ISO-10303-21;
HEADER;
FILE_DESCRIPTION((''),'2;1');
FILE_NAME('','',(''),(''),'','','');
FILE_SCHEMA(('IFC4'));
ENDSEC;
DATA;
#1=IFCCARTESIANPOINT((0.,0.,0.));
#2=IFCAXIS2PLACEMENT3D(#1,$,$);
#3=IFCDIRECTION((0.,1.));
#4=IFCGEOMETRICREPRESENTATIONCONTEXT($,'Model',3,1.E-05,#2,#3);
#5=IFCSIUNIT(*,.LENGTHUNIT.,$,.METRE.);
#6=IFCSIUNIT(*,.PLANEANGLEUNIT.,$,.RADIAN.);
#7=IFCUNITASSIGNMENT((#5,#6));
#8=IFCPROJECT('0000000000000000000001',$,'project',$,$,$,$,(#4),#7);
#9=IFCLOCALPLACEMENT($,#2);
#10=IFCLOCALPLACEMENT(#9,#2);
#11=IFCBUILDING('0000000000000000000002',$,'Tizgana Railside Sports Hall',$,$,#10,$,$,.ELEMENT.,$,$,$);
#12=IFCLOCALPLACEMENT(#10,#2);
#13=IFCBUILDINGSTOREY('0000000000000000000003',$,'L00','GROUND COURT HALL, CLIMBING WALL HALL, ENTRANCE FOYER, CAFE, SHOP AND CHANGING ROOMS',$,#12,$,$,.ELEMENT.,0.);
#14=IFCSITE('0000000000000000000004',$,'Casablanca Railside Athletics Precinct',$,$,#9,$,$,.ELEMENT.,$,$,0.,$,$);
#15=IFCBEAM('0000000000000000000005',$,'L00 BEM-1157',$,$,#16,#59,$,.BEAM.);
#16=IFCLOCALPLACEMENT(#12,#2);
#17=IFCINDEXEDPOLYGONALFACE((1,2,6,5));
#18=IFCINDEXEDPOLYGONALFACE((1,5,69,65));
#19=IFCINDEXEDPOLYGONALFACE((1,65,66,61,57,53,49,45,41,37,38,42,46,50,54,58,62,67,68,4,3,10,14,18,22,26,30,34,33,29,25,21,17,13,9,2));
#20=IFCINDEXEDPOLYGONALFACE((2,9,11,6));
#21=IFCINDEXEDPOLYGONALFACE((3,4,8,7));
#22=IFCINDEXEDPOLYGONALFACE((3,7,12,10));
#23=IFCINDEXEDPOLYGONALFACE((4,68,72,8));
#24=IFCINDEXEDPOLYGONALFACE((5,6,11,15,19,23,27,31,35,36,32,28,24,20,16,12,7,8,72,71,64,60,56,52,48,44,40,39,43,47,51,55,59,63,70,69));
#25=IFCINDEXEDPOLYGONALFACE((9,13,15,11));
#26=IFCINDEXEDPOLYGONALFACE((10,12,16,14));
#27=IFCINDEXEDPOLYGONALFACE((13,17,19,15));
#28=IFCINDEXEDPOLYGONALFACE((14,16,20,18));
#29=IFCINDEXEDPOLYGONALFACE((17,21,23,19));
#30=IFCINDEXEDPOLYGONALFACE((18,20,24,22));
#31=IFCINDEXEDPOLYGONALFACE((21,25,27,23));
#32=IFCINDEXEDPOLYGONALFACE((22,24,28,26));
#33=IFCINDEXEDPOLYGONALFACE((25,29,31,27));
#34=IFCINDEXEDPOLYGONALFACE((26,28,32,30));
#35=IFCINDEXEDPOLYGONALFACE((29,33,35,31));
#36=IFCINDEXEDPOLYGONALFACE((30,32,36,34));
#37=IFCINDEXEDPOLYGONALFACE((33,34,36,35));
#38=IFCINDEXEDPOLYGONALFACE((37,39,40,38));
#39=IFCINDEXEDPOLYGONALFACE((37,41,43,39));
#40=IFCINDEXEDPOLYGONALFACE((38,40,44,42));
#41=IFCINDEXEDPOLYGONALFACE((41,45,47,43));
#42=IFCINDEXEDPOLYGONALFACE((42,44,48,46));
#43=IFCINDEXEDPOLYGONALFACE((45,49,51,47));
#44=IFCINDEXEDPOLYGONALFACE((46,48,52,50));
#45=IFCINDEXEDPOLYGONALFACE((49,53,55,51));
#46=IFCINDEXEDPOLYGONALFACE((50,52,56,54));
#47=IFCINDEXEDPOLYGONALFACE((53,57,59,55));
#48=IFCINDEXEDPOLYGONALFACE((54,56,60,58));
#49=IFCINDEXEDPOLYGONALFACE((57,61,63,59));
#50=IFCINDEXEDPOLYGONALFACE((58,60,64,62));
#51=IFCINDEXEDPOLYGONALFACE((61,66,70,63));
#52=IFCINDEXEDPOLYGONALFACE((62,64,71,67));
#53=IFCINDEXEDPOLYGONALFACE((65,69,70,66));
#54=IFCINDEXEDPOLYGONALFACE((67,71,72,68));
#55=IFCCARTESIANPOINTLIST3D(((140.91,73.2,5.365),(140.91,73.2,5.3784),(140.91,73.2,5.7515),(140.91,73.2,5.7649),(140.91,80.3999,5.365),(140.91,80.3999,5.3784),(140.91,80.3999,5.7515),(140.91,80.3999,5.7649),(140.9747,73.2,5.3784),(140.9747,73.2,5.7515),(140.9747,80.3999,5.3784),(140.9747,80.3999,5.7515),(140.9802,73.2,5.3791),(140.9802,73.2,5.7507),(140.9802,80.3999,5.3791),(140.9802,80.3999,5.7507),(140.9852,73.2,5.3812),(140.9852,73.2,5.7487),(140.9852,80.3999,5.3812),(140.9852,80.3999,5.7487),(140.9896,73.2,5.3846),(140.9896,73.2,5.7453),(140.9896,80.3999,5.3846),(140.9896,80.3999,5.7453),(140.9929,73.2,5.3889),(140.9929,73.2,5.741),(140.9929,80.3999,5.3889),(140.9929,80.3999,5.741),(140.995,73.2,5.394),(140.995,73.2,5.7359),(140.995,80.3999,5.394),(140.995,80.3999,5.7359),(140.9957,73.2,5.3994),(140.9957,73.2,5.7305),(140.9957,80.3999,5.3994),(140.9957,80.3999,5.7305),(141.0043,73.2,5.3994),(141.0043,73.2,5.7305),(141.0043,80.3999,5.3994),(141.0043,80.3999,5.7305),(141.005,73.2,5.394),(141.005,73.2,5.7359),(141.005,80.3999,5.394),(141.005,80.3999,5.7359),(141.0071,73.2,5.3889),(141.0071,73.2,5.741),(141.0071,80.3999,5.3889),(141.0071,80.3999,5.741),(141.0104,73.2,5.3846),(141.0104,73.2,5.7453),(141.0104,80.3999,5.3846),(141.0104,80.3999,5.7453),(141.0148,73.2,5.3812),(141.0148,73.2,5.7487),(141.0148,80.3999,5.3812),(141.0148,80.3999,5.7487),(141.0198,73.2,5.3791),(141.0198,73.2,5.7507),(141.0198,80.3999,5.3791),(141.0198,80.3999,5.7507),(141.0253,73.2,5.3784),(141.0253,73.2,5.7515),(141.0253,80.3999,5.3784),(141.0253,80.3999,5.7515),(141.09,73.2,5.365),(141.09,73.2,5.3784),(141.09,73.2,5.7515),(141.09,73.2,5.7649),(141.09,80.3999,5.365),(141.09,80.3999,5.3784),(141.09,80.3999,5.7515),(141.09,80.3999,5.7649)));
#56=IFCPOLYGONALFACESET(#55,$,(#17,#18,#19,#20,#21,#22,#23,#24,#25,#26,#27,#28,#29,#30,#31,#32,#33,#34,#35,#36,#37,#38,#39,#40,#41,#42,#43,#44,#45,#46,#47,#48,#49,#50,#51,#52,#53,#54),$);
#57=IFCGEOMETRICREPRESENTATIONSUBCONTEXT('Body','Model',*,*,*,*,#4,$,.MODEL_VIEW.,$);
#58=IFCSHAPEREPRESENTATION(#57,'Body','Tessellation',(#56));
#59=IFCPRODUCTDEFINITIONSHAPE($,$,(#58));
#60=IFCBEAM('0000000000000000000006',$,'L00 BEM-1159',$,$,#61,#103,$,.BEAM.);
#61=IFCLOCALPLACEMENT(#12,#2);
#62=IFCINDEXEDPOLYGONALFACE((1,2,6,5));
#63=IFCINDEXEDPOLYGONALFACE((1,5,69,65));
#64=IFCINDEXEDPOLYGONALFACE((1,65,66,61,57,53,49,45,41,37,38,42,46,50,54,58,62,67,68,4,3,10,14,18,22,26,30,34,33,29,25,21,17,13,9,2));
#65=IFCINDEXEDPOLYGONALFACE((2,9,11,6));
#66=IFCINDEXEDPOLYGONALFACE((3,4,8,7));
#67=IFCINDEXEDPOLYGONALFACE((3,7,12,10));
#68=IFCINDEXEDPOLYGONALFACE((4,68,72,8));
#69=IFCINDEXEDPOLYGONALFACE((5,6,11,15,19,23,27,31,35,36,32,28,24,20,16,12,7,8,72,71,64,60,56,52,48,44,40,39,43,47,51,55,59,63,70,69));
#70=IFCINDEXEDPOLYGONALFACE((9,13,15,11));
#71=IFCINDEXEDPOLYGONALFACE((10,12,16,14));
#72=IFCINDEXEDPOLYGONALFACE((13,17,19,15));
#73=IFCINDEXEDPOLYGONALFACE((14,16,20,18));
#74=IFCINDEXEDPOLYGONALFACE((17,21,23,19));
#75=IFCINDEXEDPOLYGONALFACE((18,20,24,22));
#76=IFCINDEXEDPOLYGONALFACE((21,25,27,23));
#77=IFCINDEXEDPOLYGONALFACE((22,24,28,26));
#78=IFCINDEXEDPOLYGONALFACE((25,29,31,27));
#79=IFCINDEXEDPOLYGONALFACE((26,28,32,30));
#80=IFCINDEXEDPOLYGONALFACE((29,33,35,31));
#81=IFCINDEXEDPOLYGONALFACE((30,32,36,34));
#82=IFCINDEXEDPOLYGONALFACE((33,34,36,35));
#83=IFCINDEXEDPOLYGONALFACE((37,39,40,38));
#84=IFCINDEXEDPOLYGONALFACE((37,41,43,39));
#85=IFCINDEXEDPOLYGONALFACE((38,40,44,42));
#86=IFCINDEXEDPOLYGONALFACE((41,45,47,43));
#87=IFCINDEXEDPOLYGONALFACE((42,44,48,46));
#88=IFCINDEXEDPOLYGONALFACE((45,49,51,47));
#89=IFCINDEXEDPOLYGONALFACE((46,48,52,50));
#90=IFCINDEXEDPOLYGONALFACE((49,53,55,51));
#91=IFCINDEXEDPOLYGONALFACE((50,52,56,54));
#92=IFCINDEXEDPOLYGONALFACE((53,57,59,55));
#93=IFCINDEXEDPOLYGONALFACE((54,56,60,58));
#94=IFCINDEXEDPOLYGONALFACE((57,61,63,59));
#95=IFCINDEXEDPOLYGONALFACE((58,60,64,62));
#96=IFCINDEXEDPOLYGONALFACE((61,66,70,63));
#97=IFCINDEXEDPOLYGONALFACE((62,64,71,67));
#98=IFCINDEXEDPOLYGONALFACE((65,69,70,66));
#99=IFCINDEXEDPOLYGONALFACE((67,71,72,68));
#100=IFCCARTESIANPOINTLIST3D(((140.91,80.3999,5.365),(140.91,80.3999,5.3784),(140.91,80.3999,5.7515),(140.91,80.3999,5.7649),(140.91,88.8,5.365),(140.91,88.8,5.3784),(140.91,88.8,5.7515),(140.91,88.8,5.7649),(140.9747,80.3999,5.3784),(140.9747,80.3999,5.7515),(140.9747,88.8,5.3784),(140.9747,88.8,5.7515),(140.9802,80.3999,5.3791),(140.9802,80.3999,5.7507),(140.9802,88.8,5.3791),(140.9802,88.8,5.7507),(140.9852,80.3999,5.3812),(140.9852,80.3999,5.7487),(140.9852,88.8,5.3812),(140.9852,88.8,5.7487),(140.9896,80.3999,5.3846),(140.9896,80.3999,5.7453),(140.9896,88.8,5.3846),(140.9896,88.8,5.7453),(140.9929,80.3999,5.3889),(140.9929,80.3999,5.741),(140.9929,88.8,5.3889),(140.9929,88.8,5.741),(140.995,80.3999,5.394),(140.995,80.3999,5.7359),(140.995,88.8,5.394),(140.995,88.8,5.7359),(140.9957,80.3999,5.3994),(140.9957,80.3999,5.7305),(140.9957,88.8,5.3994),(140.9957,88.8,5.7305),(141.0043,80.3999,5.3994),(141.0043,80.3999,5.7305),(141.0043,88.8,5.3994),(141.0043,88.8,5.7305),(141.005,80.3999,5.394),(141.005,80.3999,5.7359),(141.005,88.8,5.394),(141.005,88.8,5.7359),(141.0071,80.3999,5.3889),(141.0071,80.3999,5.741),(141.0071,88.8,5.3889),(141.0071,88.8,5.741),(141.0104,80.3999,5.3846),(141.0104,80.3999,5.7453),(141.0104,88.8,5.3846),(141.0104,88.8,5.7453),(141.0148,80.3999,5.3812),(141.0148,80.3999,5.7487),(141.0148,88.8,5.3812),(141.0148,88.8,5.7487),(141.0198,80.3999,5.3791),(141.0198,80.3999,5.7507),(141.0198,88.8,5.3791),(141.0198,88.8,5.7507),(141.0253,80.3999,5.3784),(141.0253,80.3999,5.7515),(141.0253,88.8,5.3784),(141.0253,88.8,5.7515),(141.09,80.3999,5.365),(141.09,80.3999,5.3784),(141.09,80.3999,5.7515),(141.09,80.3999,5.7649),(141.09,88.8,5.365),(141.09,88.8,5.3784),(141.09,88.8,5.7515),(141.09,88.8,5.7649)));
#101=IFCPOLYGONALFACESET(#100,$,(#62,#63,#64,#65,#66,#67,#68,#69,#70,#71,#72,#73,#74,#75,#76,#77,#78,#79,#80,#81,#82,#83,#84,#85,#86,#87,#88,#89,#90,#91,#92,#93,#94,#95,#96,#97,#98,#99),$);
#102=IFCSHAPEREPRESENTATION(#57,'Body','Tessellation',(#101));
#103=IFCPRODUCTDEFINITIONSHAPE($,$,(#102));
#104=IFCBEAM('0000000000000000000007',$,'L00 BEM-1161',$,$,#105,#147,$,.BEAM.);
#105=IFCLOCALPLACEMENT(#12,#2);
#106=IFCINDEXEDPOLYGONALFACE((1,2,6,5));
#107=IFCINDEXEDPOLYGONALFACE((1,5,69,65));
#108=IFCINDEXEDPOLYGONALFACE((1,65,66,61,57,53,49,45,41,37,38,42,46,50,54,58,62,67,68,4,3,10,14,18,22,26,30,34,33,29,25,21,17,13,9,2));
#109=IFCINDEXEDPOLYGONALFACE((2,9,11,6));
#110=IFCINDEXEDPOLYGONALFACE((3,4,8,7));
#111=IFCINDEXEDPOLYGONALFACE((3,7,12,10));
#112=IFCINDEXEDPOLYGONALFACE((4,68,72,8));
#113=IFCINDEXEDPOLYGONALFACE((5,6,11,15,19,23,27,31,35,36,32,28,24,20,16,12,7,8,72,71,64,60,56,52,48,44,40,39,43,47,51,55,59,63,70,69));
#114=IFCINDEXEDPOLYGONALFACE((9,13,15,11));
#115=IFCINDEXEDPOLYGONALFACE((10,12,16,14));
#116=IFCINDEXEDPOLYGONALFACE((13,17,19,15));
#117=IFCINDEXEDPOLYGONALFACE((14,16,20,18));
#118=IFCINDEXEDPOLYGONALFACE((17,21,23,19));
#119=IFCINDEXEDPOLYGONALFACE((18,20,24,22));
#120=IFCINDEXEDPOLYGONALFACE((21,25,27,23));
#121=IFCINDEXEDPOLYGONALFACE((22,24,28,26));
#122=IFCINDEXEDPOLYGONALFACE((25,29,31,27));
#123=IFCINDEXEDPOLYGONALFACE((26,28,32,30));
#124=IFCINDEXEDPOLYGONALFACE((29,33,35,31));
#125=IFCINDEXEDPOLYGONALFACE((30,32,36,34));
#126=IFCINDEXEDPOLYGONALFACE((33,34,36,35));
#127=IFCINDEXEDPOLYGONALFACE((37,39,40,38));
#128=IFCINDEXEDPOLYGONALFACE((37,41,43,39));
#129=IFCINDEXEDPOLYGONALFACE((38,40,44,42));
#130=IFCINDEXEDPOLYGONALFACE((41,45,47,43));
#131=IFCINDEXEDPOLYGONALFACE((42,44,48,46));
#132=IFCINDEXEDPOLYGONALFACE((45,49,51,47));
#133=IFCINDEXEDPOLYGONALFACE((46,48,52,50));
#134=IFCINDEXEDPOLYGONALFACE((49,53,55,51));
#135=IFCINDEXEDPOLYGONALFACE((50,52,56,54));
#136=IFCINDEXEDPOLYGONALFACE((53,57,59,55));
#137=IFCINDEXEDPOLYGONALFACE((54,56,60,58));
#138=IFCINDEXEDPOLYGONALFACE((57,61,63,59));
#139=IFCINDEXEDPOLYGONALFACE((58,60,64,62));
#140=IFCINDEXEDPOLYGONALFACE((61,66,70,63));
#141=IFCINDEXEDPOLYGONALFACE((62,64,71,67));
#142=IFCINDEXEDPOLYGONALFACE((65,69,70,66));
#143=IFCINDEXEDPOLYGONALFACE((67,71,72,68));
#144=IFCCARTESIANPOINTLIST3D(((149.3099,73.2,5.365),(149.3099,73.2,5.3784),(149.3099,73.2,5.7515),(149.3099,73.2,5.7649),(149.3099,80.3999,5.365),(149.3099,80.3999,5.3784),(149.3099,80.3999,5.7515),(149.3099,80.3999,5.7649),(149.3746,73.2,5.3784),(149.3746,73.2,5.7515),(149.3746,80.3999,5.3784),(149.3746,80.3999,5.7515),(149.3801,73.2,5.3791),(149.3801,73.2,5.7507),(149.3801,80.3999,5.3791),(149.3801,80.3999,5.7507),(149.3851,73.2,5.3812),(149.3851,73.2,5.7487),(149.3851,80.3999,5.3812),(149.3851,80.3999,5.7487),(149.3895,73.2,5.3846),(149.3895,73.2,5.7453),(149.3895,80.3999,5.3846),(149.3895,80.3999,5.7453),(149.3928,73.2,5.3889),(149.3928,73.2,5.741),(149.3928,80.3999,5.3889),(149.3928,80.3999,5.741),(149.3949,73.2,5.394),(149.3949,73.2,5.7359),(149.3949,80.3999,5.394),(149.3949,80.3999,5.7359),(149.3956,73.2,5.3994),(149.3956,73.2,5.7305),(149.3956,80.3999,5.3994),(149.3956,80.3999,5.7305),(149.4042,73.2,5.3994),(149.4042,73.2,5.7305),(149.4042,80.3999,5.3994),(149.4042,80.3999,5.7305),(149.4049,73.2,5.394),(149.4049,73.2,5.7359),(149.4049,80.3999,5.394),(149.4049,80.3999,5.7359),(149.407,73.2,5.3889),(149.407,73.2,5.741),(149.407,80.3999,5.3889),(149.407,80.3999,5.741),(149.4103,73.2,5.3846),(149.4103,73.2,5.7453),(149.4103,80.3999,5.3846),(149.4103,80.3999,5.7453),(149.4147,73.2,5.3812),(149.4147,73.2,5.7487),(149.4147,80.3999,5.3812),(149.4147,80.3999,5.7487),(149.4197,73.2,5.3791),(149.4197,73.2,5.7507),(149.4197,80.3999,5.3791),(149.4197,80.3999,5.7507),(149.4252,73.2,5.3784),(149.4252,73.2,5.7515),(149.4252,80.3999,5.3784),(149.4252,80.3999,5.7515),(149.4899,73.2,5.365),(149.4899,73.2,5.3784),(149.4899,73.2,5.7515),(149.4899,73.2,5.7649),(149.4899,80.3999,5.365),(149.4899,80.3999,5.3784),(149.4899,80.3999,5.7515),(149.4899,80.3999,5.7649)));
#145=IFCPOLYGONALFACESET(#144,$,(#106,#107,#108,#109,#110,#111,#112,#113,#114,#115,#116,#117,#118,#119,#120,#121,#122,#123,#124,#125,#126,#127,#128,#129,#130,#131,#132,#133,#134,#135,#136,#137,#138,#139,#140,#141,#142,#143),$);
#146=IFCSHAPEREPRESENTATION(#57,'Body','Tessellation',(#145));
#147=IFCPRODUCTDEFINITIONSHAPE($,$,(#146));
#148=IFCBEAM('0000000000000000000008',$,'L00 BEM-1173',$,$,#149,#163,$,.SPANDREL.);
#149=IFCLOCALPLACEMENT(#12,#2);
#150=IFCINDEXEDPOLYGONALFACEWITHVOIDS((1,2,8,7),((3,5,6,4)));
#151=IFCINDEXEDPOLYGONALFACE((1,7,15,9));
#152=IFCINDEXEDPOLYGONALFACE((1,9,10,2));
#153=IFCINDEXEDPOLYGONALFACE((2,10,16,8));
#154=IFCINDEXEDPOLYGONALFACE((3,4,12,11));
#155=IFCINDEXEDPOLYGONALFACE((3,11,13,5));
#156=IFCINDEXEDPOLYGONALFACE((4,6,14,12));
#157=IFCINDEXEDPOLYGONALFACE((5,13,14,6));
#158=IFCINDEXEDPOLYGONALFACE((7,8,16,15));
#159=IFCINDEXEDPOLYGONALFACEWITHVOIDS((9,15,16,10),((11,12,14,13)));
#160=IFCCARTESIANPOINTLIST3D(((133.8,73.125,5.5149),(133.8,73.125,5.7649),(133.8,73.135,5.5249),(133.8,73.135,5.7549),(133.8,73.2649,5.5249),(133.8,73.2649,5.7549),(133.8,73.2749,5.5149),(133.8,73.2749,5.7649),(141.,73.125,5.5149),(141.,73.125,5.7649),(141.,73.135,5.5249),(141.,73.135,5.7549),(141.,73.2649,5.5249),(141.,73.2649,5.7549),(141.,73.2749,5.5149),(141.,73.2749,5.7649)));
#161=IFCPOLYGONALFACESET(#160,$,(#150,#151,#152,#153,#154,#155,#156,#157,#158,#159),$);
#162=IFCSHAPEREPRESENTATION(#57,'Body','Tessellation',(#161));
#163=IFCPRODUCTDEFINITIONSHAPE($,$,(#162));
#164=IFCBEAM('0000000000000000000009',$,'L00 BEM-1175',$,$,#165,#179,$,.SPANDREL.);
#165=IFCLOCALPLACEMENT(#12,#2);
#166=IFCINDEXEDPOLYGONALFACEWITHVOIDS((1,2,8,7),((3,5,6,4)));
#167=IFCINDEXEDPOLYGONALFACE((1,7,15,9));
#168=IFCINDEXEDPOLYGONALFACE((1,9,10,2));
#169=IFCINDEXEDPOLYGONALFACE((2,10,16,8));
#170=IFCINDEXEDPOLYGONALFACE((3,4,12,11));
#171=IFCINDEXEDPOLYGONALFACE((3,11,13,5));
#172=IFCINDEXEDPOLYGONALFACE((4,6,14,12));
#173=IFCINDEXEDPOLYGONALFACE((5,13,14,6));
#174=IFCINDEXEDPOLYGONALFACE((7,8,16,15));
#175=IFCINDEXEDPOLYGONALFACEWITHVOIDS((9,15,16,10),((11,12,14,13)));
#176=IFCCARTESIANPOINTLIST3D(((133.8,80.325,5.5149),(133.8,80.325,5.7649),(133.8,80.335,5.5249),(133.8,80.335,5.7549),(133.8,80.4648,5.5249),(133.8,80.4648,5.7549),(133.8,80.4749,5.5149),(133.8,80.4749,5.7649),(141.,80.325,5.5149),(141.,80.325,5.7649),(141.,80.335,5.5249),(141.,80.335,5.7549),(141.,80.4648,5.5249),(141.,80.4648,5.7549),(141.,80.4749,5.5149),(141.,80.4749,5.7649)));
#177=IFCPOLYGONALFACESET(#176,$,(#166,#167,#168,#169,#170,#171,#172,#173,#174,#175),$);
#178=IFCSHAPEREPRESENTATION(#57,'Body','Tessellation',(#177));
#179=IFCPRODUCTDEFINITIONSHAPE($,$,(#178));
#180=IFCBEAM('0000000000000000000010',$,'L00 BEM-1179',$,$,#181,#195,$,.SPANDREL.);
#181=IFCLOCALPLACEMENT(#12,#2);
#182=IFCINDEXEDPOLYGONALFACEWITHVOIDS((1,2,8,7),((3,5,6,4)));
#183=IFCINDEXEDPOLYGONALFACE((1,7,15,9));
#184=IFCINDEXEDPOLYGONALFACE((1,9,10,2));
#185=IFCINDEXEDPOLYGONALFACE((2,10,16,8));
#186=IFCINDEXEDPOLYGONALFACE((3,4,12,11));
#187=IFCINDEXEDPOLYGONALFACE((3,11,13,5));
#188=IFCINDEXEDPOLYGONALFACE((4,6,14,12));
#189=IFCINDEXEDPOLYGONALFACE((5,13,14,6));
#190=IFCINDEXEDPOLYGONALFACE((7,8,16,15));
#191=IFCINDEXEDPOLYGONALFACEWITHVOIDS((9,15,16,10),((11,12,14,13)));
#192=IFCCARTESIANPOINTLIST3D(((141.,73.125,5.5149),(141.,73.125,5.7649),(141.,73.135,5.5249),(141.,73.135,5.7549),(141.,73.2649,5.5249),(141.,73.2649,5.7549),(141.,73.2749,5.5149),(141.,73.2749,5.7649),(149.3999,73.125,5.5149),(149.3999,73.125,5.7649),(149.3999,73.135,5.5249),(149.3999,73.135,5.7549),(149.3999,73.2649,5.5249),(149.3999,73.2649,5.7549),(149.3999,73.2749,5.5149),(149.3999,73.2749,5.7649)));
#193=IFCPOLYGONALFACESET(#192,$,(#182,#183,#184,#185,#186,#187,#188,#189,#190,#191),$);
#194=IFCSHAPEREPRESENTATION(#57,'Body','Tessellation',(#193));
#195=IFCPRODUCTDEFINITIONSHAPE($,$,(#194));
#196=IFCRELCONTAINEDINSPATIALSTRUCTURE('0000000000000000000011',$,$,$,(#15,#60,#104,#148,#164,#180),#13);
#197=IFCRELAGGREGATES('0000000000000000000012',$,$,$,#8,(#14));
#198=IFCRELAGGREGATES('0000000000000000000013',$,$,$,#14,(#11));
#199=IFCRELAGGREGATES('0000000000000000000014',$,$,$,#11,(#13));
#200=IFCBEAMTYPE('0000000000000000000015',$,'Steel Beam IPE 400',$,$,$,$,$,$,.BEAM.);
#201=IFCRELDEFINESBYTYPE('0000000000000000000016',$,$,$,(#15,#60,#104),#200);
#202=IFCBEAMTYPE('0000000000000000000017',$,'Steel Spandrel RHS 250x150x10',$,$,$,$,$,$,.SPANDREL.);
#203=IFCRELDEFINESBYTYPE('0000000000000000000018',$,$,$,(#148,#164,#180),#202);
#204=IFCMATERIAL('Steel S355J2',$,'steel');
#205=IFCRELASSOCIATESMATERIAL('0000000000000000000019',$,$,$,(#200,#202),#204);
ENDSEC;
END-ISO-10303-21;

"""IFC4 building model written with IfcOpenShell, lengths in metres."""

from ifc_helpers import new_model, si_unit, direction, frame, origin, origin_2d, place, context, subcontext, project, spatial, hollow_rectangle, i_section, extrude, material, material_profile, profile_set, type_object, element, save


model = new_model("IFC4")

# Units and contexts
model_context = context("Model", 3, precision=1e-05, world=origin(), true_north=direction((0.0, 1.0)))
body_context = subcontext(model_context, "Body", "Model", "MODEL_VIEW")
ifc_project = project(units=[si_unit("LENGTHUNIT", "METRE"), si_unit("PLANEANGLEUNIT", "RADIAN")], contexts=[model_context])

# Site, building, storey
site_placement = place(None, origin())
site = spatial("IfcSite", under=ifc_project, at=site_placement, Name="Casablanca Railside Athletics Precinct", CompositionType="ELEMENT", RefElevation=0.0)
building_placement = place(site_placement, origin())
building = spatial("IfcBuilding", under=site, at=building_placement, Name="Tizgana Railside Sports Hall", CompositionType="ELEMENT")
storey_placement = place(building_placement, origin())
storey = spatial("IfcBuildingStorey", under=building, at=storey_placement, Name="L00", Description="GROUND COURT HALL, CLIMBING WALL HALL, ENTRANCE FOYER, CAFE, SHOP AND CHANGING ROOMS", CompositionType="ELEMENT", Elevation=0.0)

# Beams
ifc_material_1 = material(Name="Steel S355J2", Category="steel")
ifc_material_profile_1 = material_profile(ifc_material_1, i_section(OverallWidth=0.1799, OverallDepth=0.3999, WebThickness=0.0085, FlangeThickness=0.0134, FilletRadius=0.021, at=origin_2d()), Name="IPE 400")
ifc_profile_set_1 = profile_set([ifc_material_profile_1], Name="Steel S355J2")
beam_type_1 = type_object("IfcBeamType", Name="Steel Beam IPE 400", PredefinedType="BEAM", material=ifc_profile_set_1)
beam_1_placement = place(storey_placement, frame((141.0, 73.2, 5.5649), z_axis=(0.0, 1.0, 0.0), x_axis=(-1.0, 0.0, 0.0)))
element("IfcBeam", 1, at=beam_1_placement, inside=storey, type_object=beam_type_1, Name="L00 BEM-1157", PredefinedType="BEAM", context=body_context, shape_type="SweptSolid", body=[
    extrude(i_section(OverallWidth=0.1799, OverallDepth=0.3999, WebThickness=0.0085, FlangeThickness=0.0134, FilletRadius=0.021, at=origin_2d()), origin(), (0.0, 0.0, 1.0), 7.2),
])
beam_2_placement = place(storey_placement, frame((141.0, 80.3999, 5.5649), z_axis=(0.0, 1.0, 0.0), x_axis=(-1.0, 0.0, 0.0)))
element("IfcBeam", 2, at=beam_2_placement, inside=storey, type_object=beam_type_1, Name="L00 BEM-1159", PredefinedType="BEAM", context=body_context, shape_type="SweptSolid", body=[
    extrude(i_section(OverallWidth=0.1799, OverallDepth=0.3999, WebThickness=0.0085, FlangeThickness=0.0134, FilletRadius=0.021, at=origin_2d()), origin(), (0.0, 0.0, 1.0), 8.4001),
])
beam_3_placement = place(storey_placement, frame((149.3999, 73.2, 5.5649), z_axis=(0.0, 1.0, 0.0), x_axis=(-1.0, 0.0, 0.0)))
element("IfcBeam", 3, at=beam_3_placement, inside=storey, type_object=beam_type_1, Name="L00 BEM-1161", PredefinedType="BEAM", context=body_context, shape_type="SweptSolid", body=[
    extrude(i_section(OverallWidth=0.1799, OverallDepth=0.3999, WebThickness=0.0085, FlangeThickness=0.0134, FilletRadius=0.021, at=origin_2d()), origin(), (0.0, 0.0, 1.0), 7.2),
])
ifc_material_profile_2 = material_profile(ifc_material_1, hollow_rectangle(XDim=0.1499, YDim=0.25, WallThickness=0.01, at=origin_2d()), Name="RHS 250x150x10")
ifc_profile_set_2 = profile_set([ifc_material_profile_2], Name="Steel S355J2")
beam_type_2 = type_object("IfcBeamType", Name="Steel Spandrel RHS 250x150x10", PredefinedType="SPANDREL", material=ifc_profile_set_2)
for number, where, z_axis, x_axis, name in (
    (4, (133.8, 73.2, 5.6399), (1.0, 0.0, 0.0), (0.0, 1.0, 0.0), "L00 BEM-1173"),
    (5, (133.8, 80.3999, 5.6399), (1.0, 0.0, 0.0), (0.0, 1.0, 0.0), "L00 BEM-1175"),
):
    element("IfcBeam", number, at=place(storey_placement, frame(where, z_axis=z_axis, x_axis=x_axis)), inside=storey, type_object=beam_type_2, Name=name, PredefinedType="SPANDREL", context=body_context, shape_type="SweptSolid", body=[
        extrude(hollow_rectangle(XDim=0.1499, YDim=0.25, WallThickness=0.01, at=origin_2d()), origin(), (0.0, 0.0, 1.0), 7.2),
    ])
for number, where, z_axis, x_axis, name in (
    (6, (141.0, 73.2, 5.6399), (1.0, 0.0, 0.0), (0.0, 1.0, 0.0), "L00 BEM-1179"),
):
    element("IfcBeam", number, at=place(storey_placement, frame(where, z_axis=z_axis, x_axis=x_axis)), inside=storey, type_object=beam_type_2, Name=name, PredefinedType="SPANDREL", context=body_context, shape_type="SweptSolid", body=[
        extrude(hollow_rectangle(XDim=0.1499, YDim=0.25, WallThickness=0.01, at=origin_2d()), origin(), (0.0, 0.0, 1.0), 8.3999),
    ])

save(model, "model.ifc")
